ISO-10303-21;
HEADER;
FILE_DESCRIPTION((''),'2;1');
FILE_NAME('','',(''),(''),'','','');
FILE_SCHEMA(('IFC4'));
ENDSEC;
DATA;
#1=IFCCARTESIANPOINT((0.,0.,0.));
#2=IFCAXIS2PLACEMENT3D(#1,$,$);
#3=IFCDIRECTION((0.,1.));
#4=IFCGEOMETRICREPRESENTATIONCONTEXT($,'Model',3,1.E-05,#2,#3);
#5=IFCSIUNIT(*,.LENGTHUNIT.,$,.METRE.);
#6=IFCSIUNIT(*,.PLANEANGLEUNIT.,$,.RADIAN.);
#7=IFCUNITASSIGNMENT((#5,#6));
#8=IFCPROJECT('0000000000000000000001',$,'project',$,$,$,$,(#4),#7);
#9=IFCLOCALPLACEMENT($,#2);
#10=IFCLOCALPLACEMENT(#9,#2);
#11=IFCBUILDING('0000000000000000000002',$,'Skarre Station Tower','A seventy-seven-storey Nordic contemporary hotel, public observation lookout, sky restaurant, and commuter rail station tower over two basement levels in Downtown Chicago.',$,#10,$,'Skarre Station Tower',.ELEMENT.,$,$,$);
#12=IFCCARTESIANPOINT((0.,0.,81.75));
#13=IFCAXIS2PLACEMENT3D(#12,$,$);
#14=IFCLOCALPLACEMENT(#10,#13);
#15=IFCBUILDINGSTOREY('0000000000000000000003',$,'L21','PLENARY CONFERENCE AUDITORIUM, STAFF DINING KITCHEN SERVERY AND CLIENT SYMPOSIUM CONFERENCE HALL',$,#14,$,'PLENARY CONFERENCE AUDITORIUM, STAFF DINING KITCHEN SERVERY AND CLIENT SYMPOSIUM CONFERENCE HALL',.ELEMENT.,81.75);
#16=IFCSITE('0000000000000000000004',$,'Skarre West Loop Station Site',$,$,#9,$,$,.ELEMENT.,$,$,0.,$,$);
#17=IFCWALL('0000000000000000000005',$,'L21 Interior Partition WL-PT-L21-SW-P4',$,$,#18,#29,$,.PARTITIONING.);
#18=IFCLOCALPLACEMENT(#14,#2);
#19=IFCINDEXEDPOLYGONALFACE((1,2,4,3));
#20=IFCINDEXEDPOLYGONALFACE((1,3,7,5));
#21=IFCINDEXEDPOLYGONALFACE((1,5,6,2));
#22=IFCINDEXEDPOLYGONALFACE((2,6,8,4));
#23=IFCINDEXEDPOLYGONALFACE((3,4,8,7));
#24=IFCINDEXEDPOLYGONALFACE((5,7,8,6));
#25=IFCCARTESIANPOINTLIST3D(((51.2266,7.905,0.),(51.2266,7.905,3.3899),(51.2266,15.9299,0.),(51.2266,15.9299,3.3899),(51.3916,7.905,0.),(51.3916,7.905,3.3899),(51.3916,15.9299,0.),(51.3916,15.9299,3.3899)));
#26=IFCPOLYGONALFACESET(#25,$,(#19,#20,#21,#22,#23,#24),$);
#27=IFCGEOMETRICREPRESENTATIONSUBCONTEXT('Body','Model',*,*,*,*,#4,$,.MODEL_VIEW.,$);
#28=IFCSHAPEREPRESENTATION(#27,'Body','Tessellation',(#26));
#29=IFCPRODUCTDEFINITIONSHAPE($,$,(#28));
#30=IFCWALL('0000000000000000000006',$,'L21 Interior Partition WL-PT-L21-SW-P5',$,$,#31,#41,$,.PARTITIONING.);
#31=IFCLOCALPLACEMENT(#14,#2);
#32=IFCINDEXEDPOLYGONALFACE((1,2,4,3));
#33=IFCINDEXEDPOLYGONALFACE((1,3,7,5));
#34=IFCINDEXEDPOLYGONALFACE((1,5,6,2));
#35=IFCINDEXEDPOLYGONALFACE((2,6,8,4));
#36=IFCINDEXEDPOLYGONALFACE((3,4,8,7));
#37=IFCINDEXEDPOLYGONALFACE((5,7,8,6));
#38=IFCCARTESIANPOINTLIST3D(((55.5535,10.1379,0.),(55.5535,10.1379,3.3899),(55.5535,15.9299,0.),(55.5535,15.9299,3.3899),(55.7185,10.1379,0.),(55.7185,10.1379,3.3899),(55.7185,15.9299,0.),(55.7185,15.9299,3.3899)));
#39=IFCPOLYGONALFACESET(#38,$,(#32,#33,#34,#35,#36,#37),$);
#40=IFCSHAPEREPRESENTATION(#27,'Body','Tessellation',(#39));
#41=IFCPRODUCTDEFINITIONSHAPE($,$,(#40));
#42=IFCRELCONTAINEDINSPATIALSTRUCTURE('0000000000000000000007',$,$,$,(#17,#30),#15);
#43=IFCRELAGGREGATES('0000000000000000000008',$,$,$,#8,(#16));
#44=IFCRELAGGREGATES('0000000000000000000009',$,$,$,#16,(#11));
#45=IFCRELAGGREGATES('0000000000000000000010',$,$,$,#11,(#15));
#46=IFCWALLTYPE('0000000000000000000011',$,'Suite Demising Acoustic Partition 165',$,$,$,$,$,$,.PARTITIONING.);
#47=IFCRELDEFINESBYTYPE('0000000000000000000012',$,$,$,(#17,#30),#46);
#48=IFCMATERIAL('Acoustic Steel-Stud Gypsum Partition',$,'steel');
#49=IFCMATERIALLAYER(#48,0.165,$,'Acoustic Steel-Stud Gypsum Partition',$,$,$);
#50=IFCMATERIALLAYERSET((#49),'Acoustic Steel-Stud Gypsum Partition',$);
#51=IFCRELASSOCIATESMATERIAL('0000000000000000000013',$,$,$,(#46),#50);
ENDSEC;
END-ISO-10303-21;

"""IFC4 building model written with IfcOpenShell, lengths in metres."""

from ifc_helpers import new_model, si_unit, direction, frame, frame_2d, origin, place, context, subcontext, project, spatial, rectangle, extrude, material, layer, layer_set, type_object, element, save


model = new_model("IFC4")

# Units and contexts
model_context = context("Model", 3, precision=1e-05, world=origin(), true_north=direction((0.0, 1.0)))
body_context = subcontext(model_context, "Body", "Model", "MODEL_VIEW")
ifc_project = project(units=[si_unit("LENGTHUNIT", "METRE"), si_unit("PLANEANGLEUNIT", "RADIAN")], contexts=[model_context])

# Site, building, storey
site_placement = place(None, origin())
site = spatial("IfcSite", under=ifc_project, at=site_placement, Name="Skarre West Loop Station Site", CompositionType="ELEMENT", RefElevation=0.0)
building_placement = place(site_placement, origin())
building = spatial("IfcBuilding", under=site, at=building_placement, Name="Skarre Station Tower", Description="A seventy-seven-storey Nordic contemporary hotel, public observation lookout, sky restaurant, and commuter rail station tower over two basement levels in Downtown Chicago.", LongName="Skarre Station Tower", CompositionType="ELEMENT")
storey_placement = place(building_placement, frame((0.0, 0.0, 81.75)))
storey = spatial("IfcBuildingStorey", under=building, at=storey_placement, Name="L21", Description="PLENARY CONFERENCE AUDITORIUM, STAFF DINING KITCHEN SERVERY AND CLIENT SYMPOSIUM CONFERENCE HALL", LongName="PLENARY CONFERENCE AUDITORIUM, STAFF DINING KITCHEN SERVERY AND CLIENT SYMPOSIUM CONFERENCE HALL", CompositionType="ELEMENT", Elevation=81.75)

# Shared definitions
ifc_material_1 = material(Name="Acoustic Steel-Stud Gypsum Partition", Category="steel")

# Walls
ifc_layer_1 = layer(ifc_material_1, 0.165, Name="Acoustic Steel-Stud Gypsum Partition")
ifc_layer_set_1 = layer_set([ifc_layer_1], Name="Acoustic Steel-Stud Gypsum Partition")
wall_type_1 = type_object("IfcWallType", Name="Suite Demising Acoustic Partition 165", PredefinedType="PARTITIONING", material=ifc_layer_set_1)
wall_1_placement = place(storey_placement, frame((51.3091, 7.905, 0.0), z_axis=(0.0, 0.0, 1.0), x_axis=(0.0, 1.0, 0.0)))
element("IfcWall", 1, at=wall_1_placement, inside=storey, type_object=wall_type_1, Name="L21 Interior Partition WL-PT-L21-SW-P4", PredefinedType="PARTITIONING", context=body_context, shape_type="SweptSolid", body=[
    extrude(rectangle(XDim=8.0249, YDim=0.165, at=frame_2d((4.0125, 0.0))), origin(), (0.0, 0.0, 1.0), 3.3899),
])
wall_2_placement = place(storey_placement, frame((55.636, 10.1379, 0.0), z_axis=(0.0, 0.0, 1.0), x_axis=(0.0, 1.0, 0.0)))
element("IfcWall", 2, at=wall_2_placement, inside=storey, type_object=wall_type_1, Name="L21 Interior Partition WL-PT-L21-SW-P5", PredefinedType="PARTITIONING", context=body_context, shape_type="SweptSolid", body=[
    extrude(rectangle(XDim=5.792, YDim=0.165, at=frame_2d((2.896, 0.0))), origin(), (0.0, 0.0, 1.0), 3.3899),
])

save(model, "model.ifc")
